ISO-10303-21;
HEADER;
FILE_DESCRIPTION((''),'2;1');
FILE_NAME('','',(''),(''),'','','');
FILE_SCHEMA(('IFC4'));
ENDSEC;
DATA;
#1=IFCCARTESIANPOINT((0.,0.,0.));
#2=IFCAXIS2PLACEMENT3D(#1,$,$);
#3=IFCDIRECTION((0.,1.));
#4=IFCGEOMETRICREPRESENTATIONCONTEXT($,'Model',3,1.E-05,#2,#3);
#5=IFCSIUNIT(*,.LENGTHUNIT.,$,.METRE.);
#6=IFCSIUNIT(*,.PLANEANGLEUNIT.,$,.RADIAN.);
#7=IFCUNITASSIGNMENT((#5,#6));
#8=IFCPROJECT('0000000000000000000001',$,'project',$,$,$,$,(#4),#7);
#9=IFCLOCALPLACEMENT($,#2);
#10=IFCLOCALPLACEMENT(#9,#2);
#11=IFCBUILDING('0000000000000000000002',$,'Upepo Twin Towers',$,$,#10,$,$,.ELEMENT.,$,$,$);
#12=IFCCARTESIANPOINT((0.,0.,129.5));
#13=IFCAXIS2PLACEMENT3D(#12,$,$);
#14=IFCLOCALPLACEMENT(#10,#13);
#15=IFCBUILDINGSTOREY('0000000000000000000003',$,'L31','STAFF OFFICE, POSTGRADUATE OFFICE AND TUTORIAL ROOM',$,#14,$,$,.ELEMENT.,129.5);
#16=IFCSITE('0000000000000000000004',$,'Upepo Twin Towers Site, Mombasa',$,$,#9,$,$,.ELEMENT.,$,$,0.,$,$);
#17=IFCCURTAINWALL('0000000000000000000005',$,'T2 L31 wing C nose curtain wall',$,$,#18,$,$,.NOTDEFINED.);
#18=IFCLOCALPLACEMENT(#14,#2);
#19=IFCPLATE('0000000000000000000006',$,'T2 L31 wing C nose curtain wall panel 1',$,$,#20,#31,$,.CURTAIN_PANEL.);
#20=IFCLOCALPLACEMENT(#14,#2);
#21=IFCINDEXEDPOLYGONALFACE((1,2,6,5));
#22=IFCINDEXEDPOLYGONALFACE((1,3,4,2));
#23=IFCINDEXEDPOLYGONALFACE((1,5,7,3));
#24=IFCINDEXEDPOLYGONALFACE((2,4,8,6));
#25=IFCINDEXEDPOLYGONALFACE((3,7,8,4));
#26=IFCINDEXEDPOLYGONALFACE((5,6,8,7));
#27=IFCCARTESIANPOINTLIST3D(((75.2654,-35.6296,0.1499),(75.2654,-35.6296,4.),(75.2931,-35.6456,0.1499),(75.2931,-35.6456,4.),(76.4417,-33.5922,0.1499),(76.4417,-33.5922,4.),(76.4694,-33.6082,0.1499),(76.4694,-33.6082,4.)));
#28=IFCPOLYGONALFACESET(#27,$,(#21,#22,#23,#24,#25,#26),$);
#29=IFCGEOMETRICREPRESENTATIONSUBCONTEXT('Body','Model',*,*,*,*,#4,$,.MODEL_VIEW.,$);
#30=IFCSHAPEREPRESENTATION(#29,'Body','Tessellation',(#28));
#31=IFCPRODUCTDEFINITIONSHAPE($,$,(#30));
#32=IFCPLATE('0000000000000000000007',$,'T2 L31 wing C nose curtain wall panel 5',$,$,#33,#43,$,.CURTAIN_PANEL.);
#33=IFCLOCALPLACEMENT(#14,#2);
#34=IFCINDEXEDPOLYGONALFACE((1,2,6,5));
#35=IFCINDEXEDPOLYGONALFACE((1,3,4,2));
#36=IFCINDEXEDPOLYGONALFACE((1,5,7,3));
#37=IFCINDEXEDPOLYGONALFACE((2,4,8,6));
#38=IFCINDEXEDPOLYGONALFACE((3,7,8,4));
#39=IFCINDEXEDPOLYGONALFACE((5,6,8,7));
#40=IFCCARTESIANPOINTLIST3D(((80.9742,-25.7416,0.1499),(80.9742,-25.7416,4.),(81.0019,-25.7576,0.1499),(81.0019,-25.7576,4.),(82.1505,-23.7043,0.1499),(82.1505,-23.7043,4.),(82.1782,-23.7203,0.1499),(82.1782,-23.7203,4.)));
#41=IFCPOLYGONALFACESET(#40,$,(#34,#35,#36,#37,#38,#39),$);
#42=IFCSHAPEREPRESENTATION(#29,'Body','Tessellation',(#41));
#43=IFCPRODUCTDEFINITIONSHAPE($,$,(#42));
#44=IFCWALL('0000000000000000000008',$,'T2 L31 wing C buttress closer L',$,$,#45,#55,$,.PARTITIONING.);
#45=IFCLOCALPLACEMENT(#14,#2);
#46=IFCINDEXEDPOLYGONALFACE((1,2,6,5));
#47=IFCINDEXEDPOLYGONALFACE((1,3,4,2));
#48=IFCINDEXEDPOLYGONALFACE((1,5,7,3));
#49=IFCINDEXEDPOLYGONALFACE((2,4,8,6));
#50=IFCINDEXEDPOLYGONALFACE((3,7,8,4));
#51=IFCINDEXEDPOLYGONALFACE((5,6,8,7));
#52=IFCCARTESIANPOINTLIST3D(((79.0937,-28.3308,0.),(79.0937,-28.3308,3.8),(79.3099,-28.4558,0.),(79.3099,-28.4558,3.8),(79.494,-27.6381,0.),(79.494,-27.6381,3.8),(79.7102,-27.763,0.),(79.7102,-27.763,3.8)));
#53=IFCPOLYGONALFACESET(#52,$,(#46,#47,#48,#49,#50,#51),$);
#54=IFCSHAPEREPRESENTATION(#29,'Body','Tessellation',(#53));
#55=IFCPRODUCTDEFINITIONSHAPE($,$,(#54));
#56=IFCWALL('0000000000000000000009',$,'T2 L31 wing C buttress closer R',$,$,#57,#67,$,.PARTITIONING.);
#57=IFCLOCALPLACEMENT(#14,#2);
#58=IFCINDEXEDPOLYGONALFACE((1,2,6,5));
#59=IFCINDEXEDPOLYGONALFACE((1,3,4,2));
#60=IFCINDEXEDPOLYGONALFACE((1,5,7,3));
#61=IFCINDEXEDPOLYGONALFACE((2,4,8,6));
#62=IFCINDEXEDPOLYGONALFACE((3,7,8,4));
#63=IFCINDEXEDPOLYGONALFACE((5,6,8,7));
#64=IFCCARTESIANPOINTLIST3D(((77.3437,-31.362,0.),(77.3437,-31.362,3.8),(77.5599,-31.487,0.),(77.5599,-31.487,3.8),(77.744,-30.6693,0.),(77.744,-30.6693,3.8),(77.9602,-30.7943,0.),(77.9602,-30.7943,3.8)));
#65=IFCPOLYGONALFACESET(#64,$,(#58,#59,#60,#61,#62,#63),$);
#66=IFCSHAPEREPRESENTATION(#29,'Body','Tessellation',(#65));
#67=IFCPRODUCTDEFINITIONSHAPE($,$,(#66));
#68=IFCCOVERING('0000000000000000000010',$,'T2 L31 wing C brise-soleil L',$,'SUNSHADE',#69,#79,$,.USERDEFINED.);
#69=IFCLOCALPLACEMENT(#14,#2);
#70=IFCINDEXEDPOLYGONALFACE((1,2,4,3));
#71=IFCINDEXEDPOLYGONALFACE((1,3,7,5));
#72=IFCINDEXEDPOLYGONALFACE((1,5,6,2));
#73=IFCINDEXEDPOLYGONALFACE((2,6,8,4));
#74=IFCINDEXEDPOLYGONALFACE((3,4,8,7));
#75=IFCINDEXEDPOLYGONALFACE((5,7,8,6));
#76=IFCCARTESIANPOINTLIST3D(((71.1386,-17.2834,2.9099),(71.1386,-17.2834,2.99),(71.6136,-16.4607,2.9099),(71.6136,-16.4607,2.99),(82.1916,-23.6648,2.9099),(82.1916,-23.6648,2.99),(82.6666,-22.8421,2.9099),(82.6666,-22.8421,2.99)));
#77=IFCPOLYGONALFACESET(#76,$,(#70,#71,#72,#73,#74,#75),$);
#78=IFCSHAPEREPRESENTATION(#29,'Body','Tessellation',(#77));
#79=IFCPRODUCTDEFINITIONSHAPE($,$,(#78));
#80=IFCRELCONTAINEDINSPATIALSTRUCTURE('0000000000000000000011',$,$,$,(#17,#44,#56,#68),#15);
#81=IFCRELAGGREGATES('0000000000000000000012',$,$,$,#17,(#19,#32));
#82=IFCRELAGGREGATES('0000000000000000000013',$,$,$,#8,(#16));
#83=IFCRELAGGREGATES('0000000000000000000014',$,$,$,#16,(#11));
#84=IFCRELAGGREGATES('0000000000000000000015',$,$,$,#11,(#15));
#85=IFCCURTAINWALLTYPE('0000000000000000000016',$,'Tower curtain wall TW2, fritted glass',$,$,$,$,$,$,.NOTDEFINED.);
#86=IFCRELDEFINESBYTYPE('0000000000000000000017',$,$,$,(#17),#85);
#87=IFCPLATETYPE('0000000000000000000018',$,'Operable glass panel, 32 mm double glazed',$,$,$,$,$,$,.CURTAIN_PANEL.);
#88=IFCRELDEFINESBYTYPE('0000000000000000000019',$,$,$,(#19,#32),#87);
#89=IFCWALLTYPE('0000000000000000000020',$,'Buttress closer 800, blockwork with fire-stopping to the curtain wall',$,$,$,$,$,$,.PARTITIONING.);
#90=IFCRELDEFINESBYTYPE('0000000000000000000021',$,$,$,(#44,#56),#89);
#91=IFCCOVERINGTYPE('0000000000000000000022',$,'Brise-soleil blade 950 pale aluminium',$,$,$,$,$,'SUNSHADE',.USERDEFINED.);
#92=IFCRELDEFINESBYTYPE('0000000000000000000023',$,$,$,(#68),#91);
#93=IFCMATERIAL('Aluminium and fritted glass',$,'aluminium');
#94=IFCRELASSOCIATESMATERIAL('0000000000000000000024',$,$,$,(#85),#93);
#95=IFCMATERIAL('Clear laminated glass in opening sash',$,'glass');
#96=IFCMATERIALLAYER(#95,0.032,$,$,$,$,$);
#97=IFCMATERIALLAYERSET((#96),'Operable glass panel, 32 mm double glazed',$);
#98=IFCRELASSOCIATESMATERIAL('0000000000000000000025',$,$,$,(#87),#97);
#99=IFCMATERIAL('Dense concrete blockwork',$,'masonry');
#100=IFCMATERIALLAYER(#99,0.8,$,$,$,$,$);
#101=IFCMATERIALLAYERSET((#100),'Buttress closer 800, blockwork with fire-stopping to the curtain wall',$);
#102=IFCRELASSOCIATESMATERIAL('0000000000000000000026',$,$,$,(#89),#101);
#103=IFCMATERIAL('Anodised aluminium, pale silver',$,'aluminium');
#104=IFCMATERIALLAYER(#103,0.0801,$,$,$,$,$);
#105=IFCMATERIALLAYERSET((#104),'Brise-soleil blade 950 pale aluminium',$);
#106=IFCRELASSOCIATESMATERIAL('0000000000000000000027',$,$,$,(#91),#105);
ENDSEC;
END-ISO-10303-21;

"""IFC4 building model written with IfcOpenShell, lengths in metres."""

from ifc_helpers import new_model, si_unit, direction, frame, frame_2d, origin, origin_2d, place, context, subcontext, project, spatial, rectangle, extrude, material, layer, layer_set, type_object, element, aggregate, save


model = new_model("IFC4")

# Units and contexts
model_context = context("Model", 3, precision=1e-05, world=origin(), true_north=direction((0.0, 1.0)))
body_context = subcontext(model_context, "Body", "Model", "MODEL_VIEW")
ifc_project = project(units=[si_unit("LENGTHUNIT", "METRE"), si_unit("PLANEANGLEUNIT", "RADIAN")], contexts=[model_context])

# Site, building, storey
site_placement = place(None, origin())
site = spatial("IfcSite", under=ifc_project, at=site_placement, Name="Upepo Twin Towers Site, Mombasa", CompositionType="ELEMENT", RefElevation=0.0)
building_placement = place(site_placement, origin())
building = spatial("IfcBuilding", under=site, at=building_placement, Name="Upepo Twin Towers", CompositionType="ELEMENT")
storey_placement = place(building_placement, frame((0.0, 0.0, 129.5)))
storey = spatial("IfcBuildingStorey", under=building, at=storey_placement, Name="L31", Description="STAFF OFFICE, POSTGRADUATE OFFICE AND TUTORIAL ROOM", CompositionType="ELEMENT", Elevation=129.5)

# Shared definitions
ifc_material_1 = material(Name="Aluminium and fritted glass", Category="aluminium")
curtain_wall_type = type_object("IfcCurtainWallType", Name="Tower curtain wall TW2, fritted glass", PredefinedType="NOTDEFINED", material=ifc_material_1)

# Curtain wall
curtain_wall_1_placement = place(storey_placement, origin())
curtain_wall_1 = element("IfcCurtainWall", 1, at=curtain_wall_1_placement, inside=storey, type_object=curtain_wall_type, Name="T2 L31 wing C nose curtain wall", PredefinedType="NOTDEFINED")

# Plates
ifc_material_2 = material(Name="Clear laminated glass in opening sash", Category="glass")
ifc_layer_1 = layer(ifc_material_2, 0.032)
ifc_layer_set_1 = layer_set([ifc_layer_1], Name="Operable glass panel, 32 mm double glazed")
plate_type_1 = type_object("IfcPlateType", Name="Operable glass panel, 32 mm double glazed", PredefinedType="CURTAIN_PANEL", material=ifc_layer_set_1)
plate_1_placement = place(storey_placement, frame((75.8674, -34.6189, 0.1499), z_axis=(0.0, 0.0, 1.0), x_axis=(0.5, 0.866025, 0.0)))
plate_1 = element("IfcPlate", 2, at=plate_1_placement, type_object=plate_type_1, Name="T2 L31 wing C nose curtain wall panel 1", PredefinedType="CURTAIN_PANEL", context=body_context, shape_type="SweptSolid", body=[
    extrude(rectangle(XDim=2.3525, YDim=0.032, at=origin_2d()), origin(), (0.0, 0.0, 1.0), 3.8501),
])
plate_2_placement = place(storey_placement, frame((81.5762, -24.731, 0.1499), z_axis=(0.0, 0.0, 1.0), x_axis=(0.5, 0.866025, 0.0)))
plate_2 = element("IfcPlate", 3, at=plate_2_placement, type_object=plate_type_1, Name="T2 L31 wing C nose curtain wall panel 5", PredefinedType="CURTAIN_PANEL", context=body_context, shape_type="SweptSolid", body=[
    extrude(rectangle(XDim=2.3525, YDim=0.032, at=origin_2d()), origin(), (0.0, 0.0, 1.0), 3.8501),
])
aggregate(curtain_wall_1, [plate_1, plate_2])

# Walls
ifc_material_3 = material(Name="Dense concrete blockwork", Category="masonry")
ifc_layer_2 = layer(ifc_material_3, 0.8)
ifc_layer_set_2 = layer_set([ifc_layer_2], Name="Buttress closer 800, blockwork with fire-stopping to the curtain wall")
wall_type = type_object("IfcWallType", Name="Buttress closer 800, blockwork with fire-stopping to the curtain wall", PredefinedType="PARTITIONING", material=ifc_layer_set_2)
for number, where, z_axis, x_axis, name in (
    (4, (79.2937, -27.9844, 0.0), (0.0, 0.0, 1.0), (0.865827, -0.500343, 0.0), "T2 L31 wing C buttress closer L"),
    (5, (77.5437, -31.0156, 0.0), (0.0, 0.0, 1.0), (0.865827, -0.500343, 0.0), "T2 L31 wing C buttress closer R"),
):
    element("IfcWall", number, at=place(storey_placement, frame(where, z_axis=z_axis, x_axis=x_axis)), inside=storey, type_object=wall_type, Name=name, PredefinedType="PARTITIONING", context=body_context, shape_type="SweptSolid", body=[
        extrude(rectangle(XDim=0.2498, YDim=0.8, at=frame_2d((0.125, 0.0))), origin(), (0.0, 0.0, 1.0), 3.8),
    ])

# Covering
ifc_material_4 = material(Name="Anodised aluminium, pale silver", Category="aluminium")
ifc_layer_3 = layer(ifc_material_4, 0.0801)
ifc_layer_set_3 = layer_set([ifc_layer_3], Name="Brise-soleil blade 950 pale aluminium")
covering_type = type_object("IfcCoveringType", Name="Brise-soleil blade 950 pale aluminium", ElementType="SUNSHADE", PredefinedType="USERDEFINED", material=ifc_layer_set_3)
covering_placement = place(storey_placement, frame((76.9026, -20.0627, 2.9099), z_axis=(0.0, 0.0, 1.0), x_axis=(0.866025, -0.5, 0.0)))
element("IfcCovering", 6, at=covering_placement, inside=storey, type_object=covering_type, Name="T2 L31 wing C brise-soleil L", ObjectType="SUNSHADE", PredefinedType="USERDEFINED", context=body_context, shape_type="SweptSolid", body=[
    extrude(rectangle(XDim=12.7629, YDim=0.95, at=origin_2d()), origin(), (0.0, 0.0, 1.0), 0.0801),
])

save(model, "model.ifc")
